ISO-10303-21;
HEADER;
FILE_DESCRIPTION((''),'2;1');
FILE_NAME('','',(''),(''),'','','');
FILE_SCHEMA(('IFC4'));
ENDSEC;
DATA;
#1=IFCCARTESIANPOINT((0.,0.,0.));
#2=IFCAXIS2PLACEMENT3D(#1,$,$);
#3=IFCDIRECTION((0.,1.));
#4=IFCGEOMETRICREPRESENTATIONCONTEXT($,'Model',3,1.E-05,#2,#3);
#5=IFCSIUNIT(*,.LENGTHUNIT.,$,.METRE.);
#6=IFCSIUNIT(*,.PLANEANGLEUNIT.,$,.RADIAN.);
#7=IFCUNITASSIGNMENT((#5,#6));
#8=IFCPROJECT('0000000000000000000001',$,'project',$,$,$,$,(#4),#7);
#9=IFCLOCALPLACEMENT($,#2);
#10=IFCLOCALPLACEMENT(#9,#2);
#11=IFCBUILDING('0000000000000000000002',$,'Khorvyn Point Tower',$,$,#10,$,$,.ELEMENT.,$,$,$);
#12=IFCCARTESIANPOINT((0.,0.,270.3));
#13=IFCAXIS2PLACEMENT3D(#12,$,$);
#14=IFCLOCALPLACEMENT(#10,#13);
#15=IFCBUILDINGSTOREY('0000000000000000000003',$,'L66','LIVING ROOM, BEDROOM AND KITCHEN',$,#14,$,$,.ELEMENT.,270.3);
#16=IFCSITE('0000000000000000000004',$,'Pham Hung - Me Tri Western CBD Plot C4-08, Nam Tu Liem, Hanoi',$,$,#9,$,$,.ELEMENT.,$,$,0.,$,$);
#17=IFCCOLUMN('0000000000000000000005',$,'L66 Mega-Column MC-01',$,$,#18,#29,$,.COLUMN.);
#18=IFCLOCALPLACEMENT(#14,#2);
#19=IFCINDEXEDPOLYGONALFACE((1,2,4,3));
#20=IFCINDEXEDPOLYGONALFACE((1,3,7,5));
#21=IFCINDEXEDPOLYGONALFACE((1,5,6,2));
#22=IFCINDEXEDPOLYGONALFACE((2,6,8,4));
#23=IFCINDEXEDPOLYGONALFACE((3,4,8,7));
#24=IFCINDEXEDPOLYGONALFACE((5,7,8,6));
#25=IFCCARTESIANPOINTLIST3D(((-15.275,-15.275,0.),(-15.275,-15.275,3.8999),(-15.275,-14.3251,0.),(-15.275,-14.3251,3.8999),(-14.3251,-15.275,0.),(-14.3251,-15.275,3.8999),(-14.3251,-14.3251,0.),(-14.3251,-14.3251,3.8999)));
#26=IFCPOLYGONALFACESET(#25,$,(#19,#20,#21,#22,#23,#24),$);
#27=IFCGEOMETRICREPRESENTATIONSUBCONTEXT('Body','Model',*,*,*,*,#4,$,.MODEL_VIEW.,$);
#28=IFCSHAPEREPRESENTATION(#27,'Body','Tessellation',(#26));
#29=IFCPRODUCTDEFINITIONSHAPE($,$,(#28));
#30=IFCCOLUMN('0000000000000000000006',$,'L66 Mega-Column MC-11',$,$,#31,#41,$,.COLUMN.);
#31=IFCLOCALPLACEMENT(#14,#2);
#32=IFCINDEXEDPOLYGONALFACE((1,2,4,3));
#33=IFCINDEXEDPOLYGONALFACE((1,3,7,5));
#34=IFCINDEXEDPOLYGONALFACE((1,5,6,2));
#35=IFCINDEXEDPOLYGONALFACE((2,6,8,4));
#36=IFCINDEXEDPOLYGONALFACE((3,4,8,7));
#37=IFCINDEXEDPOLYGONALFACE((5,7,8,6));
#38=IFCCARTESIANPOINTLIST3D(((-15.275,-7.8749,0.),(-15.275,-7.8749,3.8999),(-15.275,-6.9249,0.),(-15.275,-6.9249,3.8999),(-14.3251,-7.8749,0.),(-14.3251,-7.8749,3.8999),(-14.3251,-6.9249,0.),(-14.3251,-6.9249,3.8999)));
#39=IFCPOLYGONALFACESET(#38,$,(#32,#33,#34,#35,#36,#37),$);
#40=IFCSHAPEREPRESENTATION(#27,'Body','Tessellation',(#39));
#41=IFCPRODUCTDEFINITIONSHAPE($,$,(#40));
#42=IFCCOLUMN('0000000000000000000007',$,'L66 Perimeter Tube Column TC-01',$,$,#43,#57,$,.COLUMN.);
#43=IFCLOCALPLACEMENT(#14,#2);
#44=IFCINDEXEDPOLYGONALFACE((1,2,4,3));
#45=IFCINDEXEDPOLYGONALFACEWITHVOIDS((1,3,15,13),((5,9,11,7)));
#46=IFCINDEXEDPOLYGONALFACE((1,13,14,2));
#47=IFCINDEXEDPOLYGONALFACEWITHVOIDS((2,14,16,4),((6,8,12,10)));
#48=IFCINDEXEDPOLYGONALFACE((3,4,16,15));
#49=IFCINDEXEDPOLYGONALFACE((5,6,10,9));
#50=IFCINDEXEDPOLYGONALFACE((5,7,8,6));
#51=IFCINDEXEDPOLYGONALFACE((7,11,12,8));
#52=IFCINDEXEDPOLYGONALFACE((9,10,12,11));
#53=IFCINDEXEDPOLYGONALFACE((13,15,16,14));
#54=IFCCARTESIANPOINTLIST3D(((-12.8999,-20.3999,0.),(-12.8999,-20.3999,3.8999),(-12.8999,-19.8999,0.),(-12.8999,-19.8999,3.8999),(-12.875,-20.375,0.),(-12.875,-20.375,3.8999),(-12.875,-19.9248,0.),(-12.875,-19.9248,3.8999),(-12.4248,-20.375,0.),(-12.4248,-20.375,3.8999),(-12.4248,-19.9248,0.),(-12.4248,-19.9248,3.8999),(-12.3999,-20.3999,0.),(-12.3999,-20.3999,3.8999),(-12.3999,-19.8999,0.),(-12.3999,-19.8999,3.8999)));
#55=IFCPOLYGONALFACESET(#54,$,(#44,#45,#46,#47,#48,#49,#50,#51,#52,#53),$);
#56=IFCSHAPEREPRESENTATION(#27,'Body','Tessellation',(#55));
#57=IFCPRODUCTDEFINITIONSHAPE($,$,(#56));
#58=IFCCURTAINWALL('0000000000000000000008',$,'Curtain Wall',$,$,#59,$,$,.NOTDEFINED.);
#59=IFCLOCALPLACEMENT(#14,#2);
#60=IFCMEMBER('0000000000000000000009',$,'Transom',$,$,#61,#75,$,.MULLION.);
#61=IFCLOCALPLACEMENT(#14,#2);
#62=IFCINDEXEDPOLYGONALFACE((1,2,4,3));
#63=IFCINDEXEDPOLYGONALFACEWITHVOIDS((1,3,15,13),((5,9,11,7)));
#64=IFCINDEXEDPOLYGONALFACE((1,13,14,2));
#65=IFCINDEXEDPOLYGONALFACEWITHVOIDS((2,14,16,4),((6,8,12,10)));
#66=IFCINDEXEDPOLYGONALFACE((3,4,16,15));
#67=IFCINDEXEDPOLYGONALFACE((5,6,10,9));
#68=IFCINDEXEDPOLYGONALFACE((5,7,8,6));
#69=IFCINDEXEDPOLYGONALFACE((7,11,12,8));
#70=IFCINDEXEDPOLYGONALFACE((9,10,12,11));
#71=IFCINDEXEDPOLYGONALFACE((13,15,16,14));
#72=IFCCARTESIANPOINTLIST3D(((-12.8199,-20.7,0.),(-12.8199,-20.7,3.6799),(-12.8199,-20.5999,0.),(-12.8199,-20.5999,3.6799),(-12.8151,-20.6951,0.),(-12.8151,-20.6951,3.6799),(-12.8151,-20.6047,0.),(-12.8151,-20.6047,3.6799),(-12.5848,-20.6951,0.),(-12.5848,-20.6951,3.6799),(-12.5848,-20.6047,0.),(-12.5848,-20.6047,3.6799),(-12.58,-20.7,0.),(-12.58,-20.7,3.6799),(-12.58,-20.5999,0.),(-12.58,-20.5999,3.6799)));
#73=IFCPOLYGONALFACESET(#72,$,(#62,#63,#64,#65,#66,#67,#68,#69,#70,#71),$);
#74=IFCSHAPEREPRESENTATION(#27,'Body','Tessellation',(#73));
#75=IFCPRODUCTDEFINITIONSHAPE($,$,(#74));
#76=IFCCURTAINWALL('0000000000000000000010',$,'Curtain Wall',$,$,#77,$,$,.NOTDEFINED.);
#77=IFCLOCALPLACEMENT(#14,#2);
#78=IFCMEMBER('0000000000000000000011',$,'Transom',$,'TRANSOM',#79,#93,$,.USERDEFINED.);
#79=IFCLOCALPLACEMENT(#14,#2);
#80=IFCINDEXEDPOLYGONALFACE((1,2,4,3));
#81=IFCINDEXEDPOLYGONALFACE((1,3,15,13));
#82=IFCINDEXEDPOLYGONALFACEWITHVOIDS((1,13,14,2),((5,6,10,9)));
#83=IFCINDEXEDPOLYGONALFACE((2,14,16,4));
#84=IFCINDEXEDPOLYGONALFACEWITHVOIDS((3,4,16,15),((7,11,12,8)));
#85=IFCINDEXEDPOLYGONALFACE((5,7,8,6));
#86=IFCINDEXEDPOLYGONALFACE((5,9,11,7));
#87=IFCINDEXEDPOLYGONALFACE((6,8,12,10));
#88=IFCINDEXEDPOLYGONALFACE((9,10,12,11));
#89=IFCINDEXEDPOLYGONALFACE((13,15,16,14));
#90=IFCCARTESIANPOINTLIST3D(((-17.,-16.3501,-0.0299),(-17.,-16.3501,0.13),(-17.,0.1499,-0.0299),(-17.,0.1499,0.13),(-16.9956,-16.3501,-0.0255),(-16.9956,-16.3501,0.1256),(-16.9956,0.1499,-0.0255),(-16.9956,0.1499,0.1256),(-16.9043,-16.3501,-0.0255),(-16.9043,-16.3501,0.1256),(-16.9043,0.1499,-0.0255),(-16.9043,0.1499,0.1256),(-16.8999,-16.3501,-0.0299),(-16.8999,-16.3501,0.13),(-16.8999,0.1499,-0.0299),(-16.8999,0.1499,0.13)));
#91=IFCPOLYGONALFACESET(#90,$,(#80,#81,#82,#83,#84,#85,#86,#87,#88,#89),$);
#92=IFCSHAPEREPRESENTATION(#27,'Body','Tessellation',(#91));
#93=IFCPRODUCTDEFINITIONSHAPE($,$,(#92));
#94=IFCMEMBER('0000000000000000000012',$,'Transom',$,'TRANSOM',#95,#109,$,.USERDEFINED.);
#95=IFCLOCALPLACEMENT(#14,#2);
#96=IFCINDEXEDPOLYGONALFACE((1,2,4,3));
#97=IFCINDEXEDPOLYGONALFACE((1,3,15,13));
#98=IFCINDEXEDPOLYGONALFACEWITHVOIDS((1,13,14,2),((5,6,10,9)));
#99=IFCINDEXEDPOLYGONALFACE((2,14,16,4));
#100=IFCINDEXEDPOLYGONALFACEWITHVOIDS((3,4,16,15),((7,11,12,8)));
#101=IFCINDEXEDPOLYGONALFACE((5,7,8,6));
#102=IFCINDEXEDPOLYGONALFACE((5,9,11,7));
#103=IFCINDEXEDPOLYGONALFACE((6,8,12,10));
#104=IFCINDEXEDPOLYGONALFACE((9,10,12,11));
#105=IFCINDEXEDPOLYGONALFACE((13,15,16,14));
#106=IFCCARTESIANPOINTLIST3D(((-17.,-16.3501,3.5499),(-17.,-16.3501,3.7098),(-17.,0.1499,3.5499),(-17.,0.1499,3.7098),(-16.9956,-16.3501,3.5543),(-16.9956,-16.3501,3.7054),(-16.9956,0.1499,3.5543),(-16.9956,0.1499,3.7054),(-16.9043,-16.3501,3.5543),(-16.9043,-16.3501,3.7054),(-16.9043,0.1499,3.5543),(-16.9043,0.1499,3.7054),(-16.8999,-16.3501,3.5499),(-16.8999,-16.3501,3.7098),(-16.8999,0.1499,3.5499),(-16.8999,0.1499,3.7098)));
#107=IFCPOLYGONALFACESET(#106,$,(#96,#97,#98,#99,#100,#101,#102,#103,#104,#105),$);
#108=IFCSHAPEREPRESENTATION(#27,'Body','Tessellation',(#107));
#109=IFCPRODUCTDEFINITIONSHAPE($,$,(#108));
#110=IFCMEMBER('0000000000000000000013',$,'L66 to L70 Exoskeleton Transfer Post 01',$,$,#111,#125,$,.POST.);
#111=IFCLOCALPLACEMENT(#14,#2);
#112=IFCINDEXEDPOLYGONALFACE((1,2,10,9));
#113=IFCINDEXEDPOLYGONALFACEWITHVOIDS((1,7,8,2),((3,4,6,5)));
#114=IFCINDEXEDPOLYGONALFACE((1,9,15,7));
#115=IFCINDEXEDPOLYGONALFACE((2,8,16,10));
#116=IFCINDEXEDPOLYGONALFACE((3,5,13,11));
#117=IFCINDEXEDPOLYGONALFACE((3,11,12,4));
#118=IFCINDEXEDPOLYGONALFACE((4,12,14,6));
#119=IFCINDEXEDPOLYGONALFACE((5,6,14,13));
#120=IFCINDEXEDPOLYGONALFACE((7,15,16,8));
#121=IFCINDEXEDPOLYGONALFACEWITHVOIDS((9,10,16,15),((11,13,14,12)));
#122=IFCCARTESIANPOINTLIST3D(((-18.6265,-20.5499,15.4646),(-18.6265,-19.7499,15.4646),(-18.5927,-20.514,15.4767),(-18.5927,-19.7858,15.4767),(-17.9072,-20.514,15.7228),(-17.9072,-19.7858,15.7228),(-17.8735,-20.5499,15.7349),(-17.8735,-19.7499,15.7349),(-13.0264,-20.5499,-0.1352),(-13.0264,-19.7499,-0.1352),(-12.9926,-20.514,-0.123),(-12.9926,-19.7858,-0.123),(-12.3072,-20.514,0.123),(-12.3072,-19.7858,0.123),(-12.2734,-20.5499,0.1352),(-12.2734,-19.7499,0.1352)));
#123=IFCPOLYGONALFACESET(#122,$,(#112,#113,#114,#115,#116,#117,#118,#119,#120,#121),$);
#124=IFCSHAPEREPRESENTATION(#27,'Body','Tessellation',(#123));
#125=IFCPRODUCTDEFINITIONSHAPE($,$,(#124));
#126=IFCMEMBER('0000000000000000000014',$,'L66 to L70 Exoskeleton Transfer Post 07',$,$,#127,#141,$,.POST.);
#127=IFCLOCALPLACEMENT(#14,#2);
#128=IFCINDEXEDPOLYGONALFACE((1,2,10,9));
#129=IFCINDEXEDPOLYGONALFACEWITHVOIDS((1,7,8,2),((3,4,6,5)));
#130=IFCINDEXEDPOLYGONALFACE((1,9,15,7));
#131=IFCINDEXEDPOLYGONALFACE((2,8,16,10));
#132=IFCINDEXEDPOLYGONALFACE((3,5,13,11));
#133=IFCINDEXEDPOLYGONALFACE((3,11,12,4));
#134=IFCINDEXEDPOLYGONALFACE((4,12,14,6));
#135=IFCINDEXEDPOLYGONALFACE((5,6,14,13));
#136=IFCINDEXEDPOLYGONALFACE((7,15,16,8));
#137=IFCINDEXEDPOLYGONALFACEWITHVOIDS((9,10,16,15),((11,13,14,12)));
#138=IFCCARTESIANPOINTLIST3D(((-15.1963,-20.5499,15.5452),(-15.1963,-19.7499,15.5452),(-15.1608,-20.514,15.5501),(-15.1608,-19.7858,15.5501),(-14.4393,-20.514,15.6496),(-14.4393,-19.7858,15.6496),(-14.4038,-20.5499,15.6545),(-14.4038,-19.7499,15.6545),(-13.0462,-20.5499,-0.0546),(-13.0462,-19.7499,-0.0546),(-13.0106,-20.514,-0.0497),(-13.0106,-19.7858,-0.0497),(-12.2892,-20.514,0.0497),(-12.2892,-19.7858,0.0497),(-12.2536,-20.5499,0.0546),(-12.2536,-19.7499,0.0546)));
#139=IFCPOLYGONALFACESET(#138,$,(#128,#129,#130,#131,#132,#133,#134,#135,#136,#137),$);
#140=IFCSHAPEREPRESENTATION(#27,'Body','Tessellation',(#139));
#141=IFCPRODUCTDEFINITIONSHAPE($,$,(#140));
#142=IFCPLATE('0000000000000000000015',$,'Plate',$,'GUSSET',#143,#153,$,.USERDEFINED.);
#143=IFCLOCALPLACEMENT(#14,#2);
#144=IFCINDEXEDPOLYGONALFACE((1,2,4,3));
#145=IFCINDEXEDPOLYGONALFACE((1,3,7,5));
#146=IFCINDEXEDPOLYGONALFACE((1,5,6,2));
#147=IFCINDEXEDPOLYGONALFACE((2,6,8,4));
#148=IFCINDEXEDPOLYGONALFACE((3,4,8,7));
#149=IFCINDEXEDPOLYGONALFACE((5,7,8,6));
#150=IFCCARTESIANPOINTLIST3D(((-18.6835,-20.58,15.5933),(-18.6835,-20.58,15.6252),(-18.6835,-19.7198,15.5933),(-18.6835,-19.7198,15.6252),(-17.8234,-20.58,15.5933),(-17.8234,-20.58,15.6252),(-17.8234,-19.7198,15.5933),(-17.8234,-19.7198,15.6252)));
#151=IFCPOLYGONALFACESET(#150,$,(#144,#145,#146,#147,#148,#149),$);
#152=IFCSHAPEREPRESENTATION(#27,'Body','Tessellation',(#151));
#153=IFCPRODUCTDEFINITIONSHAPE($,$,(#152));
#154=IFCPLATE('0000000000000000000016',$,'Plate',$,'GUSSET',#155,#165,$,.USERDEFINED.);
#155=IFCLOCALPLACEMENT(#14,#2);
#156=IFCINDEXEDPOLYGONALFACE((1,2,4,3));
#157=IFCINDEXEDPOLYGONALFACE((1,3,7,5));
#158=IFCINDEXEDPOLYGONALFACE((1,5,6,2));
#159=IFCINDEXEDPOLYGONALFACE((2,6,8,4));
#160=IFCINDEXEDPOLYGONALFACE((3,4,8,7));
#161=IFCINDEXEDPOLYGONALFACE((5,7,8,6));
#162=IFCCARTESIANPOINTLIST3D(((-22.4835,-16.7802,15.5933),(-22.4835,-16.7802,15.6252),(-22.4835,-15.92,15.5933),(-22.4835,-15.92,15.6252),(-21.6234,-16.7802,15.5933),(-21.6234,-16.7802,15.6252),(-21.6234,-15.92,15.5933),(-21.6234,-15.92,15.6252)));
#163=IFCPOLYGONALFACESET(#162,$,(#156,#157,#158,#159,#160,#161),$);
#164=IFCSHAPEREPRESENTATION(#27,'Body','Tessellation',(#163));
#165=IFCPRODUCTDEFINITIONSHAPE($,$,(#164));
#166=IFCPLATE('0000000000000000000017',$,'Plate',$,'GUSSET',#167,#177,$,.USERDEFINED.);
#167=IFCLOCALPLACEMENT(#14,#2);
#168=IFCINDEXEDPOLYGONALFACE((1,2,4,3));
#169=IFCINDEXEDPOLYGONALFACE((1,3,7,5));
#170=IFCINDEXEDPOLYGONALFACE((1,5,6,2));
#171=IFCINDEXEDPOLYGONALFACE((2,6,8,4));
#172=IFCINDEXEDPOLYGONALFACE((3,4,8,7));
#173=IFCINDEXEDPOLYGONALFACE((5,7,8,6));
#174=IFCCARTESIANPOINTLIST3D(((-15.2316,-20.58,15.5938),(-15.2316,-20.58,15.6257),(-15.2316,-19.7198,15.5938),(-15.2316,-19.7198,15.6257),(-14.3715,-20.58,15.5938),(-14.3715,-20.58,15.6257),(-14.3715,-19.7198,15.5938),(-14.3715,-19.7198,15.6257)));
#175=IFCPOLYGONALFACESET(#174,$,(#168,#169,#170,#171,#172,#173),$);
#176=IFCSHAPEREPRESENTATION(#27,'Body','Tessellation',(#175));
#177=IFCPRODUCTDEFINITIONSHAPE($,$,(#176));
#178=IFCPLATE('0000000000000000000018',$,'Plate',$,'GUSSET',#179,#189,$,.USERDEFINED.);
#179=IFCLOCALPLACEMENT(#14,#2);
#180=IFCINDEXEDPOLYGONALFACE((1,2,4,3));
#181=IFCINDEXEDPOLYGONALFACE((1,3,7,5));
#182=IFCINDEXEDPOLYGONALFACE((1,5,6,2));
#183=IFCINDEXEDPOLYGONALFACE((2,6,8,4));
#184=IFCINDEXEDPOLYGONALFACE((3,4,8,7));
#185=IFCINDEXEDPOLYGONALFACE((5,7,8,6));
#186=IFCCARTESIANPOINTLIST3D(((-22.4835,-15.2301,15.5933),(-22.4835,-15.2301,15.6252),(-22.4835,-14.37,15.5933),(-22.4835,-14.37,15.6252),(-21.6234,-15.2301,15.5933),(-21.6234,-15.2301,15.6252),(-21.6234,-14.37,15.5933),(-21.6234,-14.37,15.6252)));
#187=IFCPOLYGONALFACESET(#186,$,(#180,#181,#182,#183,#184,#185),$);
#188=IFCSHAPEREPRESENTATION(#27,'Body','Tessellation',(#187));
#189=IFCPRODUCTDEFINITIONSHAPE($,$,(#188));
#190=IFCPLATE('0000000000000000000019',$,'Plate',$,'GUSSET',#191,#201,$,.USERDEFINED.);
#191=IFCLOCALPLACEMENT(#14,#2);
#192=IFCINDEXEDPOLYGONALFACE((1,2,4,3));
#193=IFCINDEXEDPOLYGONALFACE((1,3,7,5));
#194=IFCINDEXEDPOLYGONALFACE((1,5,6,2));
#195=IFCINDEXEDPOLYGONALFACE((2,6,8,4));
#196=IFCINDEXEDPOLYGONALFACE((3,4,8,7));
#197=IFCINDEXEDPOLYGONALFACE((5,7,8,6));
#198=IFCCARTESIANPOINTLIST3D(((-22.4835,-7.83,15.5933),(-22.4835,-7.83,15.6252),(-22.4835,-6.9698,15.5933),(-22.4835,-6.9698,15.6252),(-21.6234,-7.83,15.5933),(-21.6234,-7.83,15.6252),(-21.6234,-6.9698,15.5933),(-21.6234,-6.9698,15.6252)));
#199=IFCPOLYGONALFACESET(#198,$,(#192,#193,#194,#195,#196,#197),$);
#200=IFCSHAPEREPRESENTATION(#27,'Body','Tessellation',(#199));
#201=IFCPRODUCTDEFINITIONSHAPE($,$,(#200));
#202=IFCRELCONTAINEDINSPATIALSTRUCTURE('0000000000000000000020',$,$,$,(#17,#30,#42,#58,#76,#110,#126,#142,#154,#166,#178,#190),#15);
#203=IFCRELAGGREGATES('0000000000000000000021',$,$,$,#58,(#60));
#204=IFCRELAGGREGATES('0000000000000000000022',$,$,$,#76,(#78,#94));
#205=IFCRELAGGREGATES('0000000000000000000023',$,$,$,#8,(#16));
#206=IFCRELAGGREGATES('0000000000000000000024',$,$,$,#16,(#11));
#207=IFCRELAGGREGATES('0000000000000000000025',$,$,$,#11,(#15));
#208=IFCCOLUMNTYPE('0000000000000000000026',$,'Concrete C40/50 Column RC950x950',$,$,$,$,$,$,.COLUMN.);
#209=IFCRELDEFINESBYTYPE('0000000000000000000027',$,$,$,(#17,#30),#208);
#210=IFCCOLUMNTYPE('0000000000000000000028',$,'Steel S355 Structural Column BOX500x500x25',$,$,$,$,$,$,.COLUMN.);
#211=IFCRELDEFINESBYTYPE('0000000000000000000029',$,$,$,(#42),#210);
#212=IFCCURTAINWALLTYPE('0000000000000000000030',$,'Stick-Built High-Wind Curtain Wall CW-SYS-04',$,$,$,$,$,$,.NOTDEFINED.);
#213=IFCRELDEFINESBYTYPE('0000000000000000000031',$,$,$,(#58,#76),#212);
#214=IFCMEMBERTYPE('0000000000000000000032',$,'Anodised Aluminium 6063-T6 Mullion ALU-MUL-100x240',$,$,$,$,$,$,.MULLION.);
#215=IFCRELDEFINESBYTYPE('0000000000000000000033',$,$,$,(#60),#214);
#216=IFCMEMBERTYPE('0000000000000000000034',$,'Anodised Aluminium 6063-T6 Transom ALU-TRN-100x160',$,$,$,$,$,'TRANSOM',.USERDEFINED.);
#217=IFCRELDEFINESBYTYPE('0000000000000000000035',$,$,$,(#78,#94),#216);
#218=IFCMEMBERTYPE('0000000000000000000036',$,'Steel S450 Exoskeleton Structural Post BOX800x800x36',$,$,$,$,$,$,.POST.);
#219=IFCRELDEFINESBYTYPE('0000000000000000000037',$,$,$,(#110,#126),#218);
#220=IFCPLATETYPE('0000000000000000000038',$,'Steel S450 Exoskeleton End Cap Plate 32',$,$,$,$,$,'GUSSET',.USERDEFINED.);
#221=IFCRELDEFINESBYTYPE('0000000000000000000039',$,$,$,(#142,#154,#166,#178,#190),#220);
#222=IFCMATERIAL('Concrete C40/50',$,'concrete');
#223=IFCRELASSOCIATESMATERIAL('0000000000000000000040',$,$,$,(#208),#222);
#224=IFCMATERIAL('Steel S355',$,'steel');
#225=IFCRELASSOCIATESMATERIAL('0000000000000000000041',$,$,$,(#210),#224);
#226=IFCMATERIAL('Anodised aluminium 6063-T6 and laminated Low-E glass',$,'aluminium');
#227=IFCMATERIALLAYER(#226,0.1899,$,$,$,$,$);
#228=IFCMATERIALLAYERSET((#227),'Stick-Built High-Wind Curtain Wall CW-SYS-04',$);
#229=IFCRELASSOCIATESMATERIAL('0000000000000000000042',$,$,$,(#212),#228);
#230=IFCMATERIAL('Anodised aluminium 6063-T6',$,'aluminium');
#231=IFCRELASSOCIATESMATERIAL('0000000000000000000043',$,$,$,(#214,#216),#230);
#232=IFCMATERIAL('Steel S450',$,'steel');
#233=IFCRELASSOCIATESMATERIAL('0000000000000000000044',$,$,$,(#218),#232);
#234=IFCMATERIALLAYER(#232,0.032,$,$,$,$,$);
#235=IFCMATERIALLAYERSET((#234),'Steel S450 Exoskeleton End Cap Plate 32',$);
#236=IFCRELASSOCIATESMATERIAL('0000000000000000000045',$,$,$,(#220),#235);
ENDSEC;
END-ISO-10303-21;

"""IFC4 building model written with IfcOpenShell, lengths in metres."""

from ifc_helpers import new_model, si_unit, direction, frame, origin, origin_2d, place, context, subcontext, project, spatial, rectangle, hollow_rectangle, extrude, material, layer, layer_set, material_profile, profile_set, type_object, element, aggregate, save


model = new_model("IFC4")

# Units and contexts
model_context = context("Model", 3, precision=1e-05, world=origin(), true_north=direction((0.0, 1.0)))
body_context = subcontext(model_context, "Body", "Model", "MODEL_VIEW")
ifc_project = project(units=[si_unit("LENGTHUNIT", "METRE"), si_unit("PLANEANGLEUNIT", "RADIAN")], contexts=[model_context])

# Site, building, storey
site_placement = place(None, origin())
site = spatial("IfcSite", under=ifc_project, at=site_placement, Name="Pham Hung - Me Tri Western CBD Plot C4-08, Nam Tu Liem, Hanoi", CompositionType="ELEMENT", RefElevation=0.0)
building_placement = place(site_placement, origin())
building = spatial("IfcBuilding", under=site, at=building_placement, Name="Khorvyn Point Tower", CompositionType="ELEMENT")
storey_placement = place(building_placement, frame((0.0, 0.0, 270.3)))
storey = spatial("IfcBuildingStorey", under=building, at=storey_placement, Name="L66", Description="LIVING ROOM, BEDROOM AND KITCHEN", CompositionType="ELEMENT", Elevation=270.3)

# Columns
ifc_material_1 = material(Name="Concrete C40/50", Category="concrete")
ifc_material_profile_1 = material_profile(ifc_material_1, rectangle(XDim=0.95, YDim=0.95, at=origin_2d()))
ifc_profile_set_1 = profile_set([ifc_material_profile_1], Name="Concrete C40/50 RC950x950")
column_type_1 = type_object("IfcColumnType", Name="Concrete C40/50 Column RC950x950", PredefinedType="COLUMN", material=ifc_profile_set_1)
for number, where, z_axis, x_axis, name in (
    (1, (-14.8, -14.8, 0.0), (0.0, 0.0, 1.0), (1.0, 0.0, 0.0), "L66 Mega-Column MC-01"),
    (2, (-14.8, -7.3999, 0.0), (0.0, 0.0, 1.0), (1.0, 0.0, 0.0), "L66 Mega-Column MC-11"),
):
    element("IfcColumn", number, at=place(storey_placement, frame(where, z_axis=z_axis, x_axis=x_axis)), inside=storey, type_object=column_type_1, Name=name, PredefinedType="COLUMN", context=body_context, shape_type="SweptSolid", body=[
        extrude(rectangle(XDim=0.95, YDim=0.95, at=origin_2d()), origin(), (0.0, 0.0, 1.0), 3.8999),
    ])
ifc_material_2 = material(Name="Steel S355", Category="steel")
ifc_material_profile_2 = material_profile(ifc_material_2, hollow_rectangle(XDim=0.5, YDim=0.5, WallThickness=0.0249, at=origin_2d()))
ifc_profile_set_2 = profile_set([ifc_material_profile_2], Name="Steel S355 BOX500x500x25")
column_type_2 = type_object("IfcColumnType", Name="Steel S355 Structural Column BOX500x500x25", PredefinedType="COLUMN", material=ifc_profile_set_2)
column_placement = place(storey_placement, frame((-12.6499, -20.1499, 0.0), z_axis=(0.0, 0.0, 1.0), x_axis=(1.0, 0.0, 0.0)))
element("IfcColumn", 3, at=column_placement, inside=storey, type_object=column_type_2, Name="L66 Perimeter Tube Column TC-01", PredefinedType="COLUMN", context=body_context, shape_type="SweptSolid", body=[
    extrude(hollow_rectangle(XDim=0.5, YDim=0.5, WallThickness=0.0249, at=origin_2d()), origin(), (0.0, 0.0, 1.0), 3.8999),
])

# Curtain wall, member
ifc_material_3 = material(Name="Anodised aluminium 6063-T6 and laminated Low-E glass", Category="aluminium")
ifc_layer_1 = layer(ifc_material_3, 0.1899)
ifc_layer_set_1 = layer_set([ifc_layer_1], Name="Stick-Built High-Wind Curtain Wall CW-SYS-04")
curtain_wall_type = type_object("IfcCurtainWallType", Name="Stick-Built High-Wind Curtain Wall CW-SYS-04", PredefinedType="NOTDEFINED", material=ifc_layer_set_1)
curtain_wall_1_placement = place(storey_placement, origin())
curtain_wall_1 = element("IfcCurtainWall", 4, at=curtain_wall_1_placement, inside=storey, type_object=curtain_wall_type, Name="Curtain Wall", PredefinedType="NOTDEFINED")
ifc_material_4 = material(Name="Anodised aluminium 6063-T6", Category="aluminium")
ifc_material_profile_3 = material_profile(ifc_material_4, hollow_rectangle(XDim=0.1001, YDim=0.24, WallThickness=0.0049, at=origin_2d()))
ifc_profile_set_3 = profile_set([ifc_material_profile_3], Name="Anodised aluminium 6063-T6 ALU-MUL-100x240")
member_type_1 = type_object("IfcMemberType", Name="Anodised Aluminium 6063-T6 Mullion ALU-MUL-100x240", PredefinedType="MULLION", material=ifc_profile_set_3)
member_1_placement = place(storey_placement, frame((-12.7, -20.6499, 0.0), z_axis=(0.0, 0.0, 1.0), x_axis=(0.0, -1.0, 0.0)))
member_1 = element("IfcMember", 5, at=member_1_placement, type_object=member_type_1, Name="Transom", PredefinedType="MULLION", context=body_context, shape_type="SweptSolid", body=[
    extrude(hollow_rectangle(XDim=0.1001, YDim=0.24, WallThickness=0.0049, at=origin_2d()), origin(), (0.0, 0.0, 1.0), 3.6799),
])

# Curtain wall, members
curtain_wall_2_placement = place(storey_placement, origin())
curtain_wall_2 = element("IfcCurtainWall", 6, at=curtain_wall_2_placement, inside=storey, type_object=curtain_wall_type, Name="Curtain Wall", PredefinedType="NOTDEFINED")
ifc_material_profile_4 = material_profile(ifc_material_4, hollow_rectangle(XDim=0.1001, YDim=0.1599, WallThickness=0.0044, at=origin_2d()))
ifc_profile_set_4 = profile_set([ifc_material_profile_4], Name="Anodised aluminium 6063-T6 ALU-TRN-100x160")
member_type_2 = type_object("IfcMemberType", Name="Anodised Aluminium 6063-T6 Transom ALU-TRN-100x160", ElementType="TRANSOM", PredefinedType="USERDEFINED", material=ifc_profile_set_4)
member_2_placement = place(storey_placement, frame((-16.95, -16.3501, 0.05), z_axis=(0.0, 1.0, 0.0), x_axis=(-1.0, 0.0, 0.0)))
member_2 = element("IfcMember", 7, at=member_2_placement, type_object=member_type_2, Name="Transom", ObjectType="TRANSOM", PredefinedType="USERDEFINED", context=body_context, shape_type="SweptSolid", body=[
    extrude(hollow_rectangle(XDim=0.1001, YDim=0.1599, WallThickness=0.0044, at=origin_2d()), origin(), (0.0, 0.0, 1.0), 16.5),
])
member_3_placement = place(storey_placement, frame((-16.95, -16.3501, 3.6299), z_axis=(0.0, 1.0, 0.0), x_axis=(-1.0, 0.0, 0.0)))
member_3 = element("IfcMember", 8, at=member_3_placement, type_object=member_type_2, Name="Transom", ObjectType="TRANSOM", PredefinedType="USERDEFINED", context=body_context, shape_type="SweptSolid", body=[
    extrude(hollow_rectangle(XDim=0.1001, YDim=0.1599, WallThickness=0.0044, at=origin_2d()), origin(), (0.0, 0.0, 1.0), 16.5),
])

# Members
ifc_material_5 = material(Name="Steel S450", Category="steel")
ifc_material_profile_5 = material_profile(ifc_material_5, hollow_rectangle(XDim=0.8, YDim=0.8, WallThickness=0.0359, at=origin_2d()))
ifc_profile_set_5 = profile_set([ifc_material_profile_5], Name="Steel S450 BOX800x800x36")
member_type_3 = type_object("IfcMemberType", Name="Steel S450 Exoskeleton Structural Post BOX800x800x36", PredefinedType="POST", material=ifc_profile_set_5)
member_4_placement = place(storey_placement, frame((-12.6499, -20.1499, 0.0), z_axis=(-0.337873, 0.0, 0.941192), x_axis=(0.0, -1.0, 0.0)))
element("IfcMember", 9, at=member_4_placement, inside=storey, type_object=member_type_3, Name="L66 to L70 Exoskeleton Transfer Post 01", PredefinedType="POST", context=body_context, shape_type="SweptSolid", body=[
    extrude(hollow_rectangle(XDim=0.8, YDim=0.8, WallThickness=0.0359, at=origin_2d()), origin(), (0.0, 0.0, 1.0), 16.5745),
])
member_5_placement = place(storey_placement, frame((-12.6499, -20.1499, 0.0), z_axis=(-0.13654, 0.0, 0.990635), x_axis=(0.0, -1.0, 0.0)))
element("IfcMember", 10, at=member_5_placement, inside=storey, type_object=member_type_3, Name="L66 to L70 Exoskeleton Transfer Post 07", PredefinedType="POST", context=body_context, shape_type="SweptSolid", body=[
    extrude(hollow_rectangle(XDim=0.8, YDim=0.8, WallThickness=0.0359, at=origin_2d()), origin(), (0.0, 0.0, 1.0), 15.7473),
])

# Plates
ifc_layer_2 = layer(ifc_material_5, 0.032)
ifc_layer_set_2 = layer_set([ifc_layer_2], Name="Steel S450 Exoskeleton End Cap Plate 32")
plate_type_1 = type_object("IfcPlateType", Name="Steel S450 Exoskeleton End Cap Plate 32", ElementType="GUSSET", PredefinedType="USERDEFINED", material=ifc_layer_set_2)
for number, where, z_axis, x_axis, name in (
    (11, (-18.2534, -20.1499, 15.5933), (0.0, 0.0, 1.0), (1.0, 0.0, 0.0), "Plate"),
    (12, (-22.0535, -16.3501, 15.5933), (0.0, 0.0, 1.0), (1.0, 0.0, 0.0), "Plate"),
    (13, (-14.8015, -20.1499, 15.5938), (0.0, 0.0, 1.0), (1.0, 0.0, 0.0), "Plate"),
    (14, (-22.0535, -14.8, 15.5933), (0.0, 0.0, 1.0), (1.0, 0.0, 0.0), "Plate"),
    (15, (-22.0535, -7.3999, 15.5933), (0.0, 0.0, 1.0), (1.0, 0.0, 0.0), "Plate"),
):
    element("IfcPlate", number, at=place(storey_placement, frame(where, z_axis=z_axis, x_axis=x_axis)), inside=storey, type_object=plate_type_1, Name=name, ObjectType="GUSSET", PredefinedType="USERDEFINED", context=body_context, shape_type="SweptSolid", body=[
        extrude(rectangle(XDim=0.8601, YDim=0.8601, at=origin_2d()), origin(), (0.0, 0.0, 1.0), 0.032),
    ])

aggregate(curtain_wall_1, [member_1])
aggregate(curtain_wall_2, [member_2, member_3])

save(model, "model.ifc")
